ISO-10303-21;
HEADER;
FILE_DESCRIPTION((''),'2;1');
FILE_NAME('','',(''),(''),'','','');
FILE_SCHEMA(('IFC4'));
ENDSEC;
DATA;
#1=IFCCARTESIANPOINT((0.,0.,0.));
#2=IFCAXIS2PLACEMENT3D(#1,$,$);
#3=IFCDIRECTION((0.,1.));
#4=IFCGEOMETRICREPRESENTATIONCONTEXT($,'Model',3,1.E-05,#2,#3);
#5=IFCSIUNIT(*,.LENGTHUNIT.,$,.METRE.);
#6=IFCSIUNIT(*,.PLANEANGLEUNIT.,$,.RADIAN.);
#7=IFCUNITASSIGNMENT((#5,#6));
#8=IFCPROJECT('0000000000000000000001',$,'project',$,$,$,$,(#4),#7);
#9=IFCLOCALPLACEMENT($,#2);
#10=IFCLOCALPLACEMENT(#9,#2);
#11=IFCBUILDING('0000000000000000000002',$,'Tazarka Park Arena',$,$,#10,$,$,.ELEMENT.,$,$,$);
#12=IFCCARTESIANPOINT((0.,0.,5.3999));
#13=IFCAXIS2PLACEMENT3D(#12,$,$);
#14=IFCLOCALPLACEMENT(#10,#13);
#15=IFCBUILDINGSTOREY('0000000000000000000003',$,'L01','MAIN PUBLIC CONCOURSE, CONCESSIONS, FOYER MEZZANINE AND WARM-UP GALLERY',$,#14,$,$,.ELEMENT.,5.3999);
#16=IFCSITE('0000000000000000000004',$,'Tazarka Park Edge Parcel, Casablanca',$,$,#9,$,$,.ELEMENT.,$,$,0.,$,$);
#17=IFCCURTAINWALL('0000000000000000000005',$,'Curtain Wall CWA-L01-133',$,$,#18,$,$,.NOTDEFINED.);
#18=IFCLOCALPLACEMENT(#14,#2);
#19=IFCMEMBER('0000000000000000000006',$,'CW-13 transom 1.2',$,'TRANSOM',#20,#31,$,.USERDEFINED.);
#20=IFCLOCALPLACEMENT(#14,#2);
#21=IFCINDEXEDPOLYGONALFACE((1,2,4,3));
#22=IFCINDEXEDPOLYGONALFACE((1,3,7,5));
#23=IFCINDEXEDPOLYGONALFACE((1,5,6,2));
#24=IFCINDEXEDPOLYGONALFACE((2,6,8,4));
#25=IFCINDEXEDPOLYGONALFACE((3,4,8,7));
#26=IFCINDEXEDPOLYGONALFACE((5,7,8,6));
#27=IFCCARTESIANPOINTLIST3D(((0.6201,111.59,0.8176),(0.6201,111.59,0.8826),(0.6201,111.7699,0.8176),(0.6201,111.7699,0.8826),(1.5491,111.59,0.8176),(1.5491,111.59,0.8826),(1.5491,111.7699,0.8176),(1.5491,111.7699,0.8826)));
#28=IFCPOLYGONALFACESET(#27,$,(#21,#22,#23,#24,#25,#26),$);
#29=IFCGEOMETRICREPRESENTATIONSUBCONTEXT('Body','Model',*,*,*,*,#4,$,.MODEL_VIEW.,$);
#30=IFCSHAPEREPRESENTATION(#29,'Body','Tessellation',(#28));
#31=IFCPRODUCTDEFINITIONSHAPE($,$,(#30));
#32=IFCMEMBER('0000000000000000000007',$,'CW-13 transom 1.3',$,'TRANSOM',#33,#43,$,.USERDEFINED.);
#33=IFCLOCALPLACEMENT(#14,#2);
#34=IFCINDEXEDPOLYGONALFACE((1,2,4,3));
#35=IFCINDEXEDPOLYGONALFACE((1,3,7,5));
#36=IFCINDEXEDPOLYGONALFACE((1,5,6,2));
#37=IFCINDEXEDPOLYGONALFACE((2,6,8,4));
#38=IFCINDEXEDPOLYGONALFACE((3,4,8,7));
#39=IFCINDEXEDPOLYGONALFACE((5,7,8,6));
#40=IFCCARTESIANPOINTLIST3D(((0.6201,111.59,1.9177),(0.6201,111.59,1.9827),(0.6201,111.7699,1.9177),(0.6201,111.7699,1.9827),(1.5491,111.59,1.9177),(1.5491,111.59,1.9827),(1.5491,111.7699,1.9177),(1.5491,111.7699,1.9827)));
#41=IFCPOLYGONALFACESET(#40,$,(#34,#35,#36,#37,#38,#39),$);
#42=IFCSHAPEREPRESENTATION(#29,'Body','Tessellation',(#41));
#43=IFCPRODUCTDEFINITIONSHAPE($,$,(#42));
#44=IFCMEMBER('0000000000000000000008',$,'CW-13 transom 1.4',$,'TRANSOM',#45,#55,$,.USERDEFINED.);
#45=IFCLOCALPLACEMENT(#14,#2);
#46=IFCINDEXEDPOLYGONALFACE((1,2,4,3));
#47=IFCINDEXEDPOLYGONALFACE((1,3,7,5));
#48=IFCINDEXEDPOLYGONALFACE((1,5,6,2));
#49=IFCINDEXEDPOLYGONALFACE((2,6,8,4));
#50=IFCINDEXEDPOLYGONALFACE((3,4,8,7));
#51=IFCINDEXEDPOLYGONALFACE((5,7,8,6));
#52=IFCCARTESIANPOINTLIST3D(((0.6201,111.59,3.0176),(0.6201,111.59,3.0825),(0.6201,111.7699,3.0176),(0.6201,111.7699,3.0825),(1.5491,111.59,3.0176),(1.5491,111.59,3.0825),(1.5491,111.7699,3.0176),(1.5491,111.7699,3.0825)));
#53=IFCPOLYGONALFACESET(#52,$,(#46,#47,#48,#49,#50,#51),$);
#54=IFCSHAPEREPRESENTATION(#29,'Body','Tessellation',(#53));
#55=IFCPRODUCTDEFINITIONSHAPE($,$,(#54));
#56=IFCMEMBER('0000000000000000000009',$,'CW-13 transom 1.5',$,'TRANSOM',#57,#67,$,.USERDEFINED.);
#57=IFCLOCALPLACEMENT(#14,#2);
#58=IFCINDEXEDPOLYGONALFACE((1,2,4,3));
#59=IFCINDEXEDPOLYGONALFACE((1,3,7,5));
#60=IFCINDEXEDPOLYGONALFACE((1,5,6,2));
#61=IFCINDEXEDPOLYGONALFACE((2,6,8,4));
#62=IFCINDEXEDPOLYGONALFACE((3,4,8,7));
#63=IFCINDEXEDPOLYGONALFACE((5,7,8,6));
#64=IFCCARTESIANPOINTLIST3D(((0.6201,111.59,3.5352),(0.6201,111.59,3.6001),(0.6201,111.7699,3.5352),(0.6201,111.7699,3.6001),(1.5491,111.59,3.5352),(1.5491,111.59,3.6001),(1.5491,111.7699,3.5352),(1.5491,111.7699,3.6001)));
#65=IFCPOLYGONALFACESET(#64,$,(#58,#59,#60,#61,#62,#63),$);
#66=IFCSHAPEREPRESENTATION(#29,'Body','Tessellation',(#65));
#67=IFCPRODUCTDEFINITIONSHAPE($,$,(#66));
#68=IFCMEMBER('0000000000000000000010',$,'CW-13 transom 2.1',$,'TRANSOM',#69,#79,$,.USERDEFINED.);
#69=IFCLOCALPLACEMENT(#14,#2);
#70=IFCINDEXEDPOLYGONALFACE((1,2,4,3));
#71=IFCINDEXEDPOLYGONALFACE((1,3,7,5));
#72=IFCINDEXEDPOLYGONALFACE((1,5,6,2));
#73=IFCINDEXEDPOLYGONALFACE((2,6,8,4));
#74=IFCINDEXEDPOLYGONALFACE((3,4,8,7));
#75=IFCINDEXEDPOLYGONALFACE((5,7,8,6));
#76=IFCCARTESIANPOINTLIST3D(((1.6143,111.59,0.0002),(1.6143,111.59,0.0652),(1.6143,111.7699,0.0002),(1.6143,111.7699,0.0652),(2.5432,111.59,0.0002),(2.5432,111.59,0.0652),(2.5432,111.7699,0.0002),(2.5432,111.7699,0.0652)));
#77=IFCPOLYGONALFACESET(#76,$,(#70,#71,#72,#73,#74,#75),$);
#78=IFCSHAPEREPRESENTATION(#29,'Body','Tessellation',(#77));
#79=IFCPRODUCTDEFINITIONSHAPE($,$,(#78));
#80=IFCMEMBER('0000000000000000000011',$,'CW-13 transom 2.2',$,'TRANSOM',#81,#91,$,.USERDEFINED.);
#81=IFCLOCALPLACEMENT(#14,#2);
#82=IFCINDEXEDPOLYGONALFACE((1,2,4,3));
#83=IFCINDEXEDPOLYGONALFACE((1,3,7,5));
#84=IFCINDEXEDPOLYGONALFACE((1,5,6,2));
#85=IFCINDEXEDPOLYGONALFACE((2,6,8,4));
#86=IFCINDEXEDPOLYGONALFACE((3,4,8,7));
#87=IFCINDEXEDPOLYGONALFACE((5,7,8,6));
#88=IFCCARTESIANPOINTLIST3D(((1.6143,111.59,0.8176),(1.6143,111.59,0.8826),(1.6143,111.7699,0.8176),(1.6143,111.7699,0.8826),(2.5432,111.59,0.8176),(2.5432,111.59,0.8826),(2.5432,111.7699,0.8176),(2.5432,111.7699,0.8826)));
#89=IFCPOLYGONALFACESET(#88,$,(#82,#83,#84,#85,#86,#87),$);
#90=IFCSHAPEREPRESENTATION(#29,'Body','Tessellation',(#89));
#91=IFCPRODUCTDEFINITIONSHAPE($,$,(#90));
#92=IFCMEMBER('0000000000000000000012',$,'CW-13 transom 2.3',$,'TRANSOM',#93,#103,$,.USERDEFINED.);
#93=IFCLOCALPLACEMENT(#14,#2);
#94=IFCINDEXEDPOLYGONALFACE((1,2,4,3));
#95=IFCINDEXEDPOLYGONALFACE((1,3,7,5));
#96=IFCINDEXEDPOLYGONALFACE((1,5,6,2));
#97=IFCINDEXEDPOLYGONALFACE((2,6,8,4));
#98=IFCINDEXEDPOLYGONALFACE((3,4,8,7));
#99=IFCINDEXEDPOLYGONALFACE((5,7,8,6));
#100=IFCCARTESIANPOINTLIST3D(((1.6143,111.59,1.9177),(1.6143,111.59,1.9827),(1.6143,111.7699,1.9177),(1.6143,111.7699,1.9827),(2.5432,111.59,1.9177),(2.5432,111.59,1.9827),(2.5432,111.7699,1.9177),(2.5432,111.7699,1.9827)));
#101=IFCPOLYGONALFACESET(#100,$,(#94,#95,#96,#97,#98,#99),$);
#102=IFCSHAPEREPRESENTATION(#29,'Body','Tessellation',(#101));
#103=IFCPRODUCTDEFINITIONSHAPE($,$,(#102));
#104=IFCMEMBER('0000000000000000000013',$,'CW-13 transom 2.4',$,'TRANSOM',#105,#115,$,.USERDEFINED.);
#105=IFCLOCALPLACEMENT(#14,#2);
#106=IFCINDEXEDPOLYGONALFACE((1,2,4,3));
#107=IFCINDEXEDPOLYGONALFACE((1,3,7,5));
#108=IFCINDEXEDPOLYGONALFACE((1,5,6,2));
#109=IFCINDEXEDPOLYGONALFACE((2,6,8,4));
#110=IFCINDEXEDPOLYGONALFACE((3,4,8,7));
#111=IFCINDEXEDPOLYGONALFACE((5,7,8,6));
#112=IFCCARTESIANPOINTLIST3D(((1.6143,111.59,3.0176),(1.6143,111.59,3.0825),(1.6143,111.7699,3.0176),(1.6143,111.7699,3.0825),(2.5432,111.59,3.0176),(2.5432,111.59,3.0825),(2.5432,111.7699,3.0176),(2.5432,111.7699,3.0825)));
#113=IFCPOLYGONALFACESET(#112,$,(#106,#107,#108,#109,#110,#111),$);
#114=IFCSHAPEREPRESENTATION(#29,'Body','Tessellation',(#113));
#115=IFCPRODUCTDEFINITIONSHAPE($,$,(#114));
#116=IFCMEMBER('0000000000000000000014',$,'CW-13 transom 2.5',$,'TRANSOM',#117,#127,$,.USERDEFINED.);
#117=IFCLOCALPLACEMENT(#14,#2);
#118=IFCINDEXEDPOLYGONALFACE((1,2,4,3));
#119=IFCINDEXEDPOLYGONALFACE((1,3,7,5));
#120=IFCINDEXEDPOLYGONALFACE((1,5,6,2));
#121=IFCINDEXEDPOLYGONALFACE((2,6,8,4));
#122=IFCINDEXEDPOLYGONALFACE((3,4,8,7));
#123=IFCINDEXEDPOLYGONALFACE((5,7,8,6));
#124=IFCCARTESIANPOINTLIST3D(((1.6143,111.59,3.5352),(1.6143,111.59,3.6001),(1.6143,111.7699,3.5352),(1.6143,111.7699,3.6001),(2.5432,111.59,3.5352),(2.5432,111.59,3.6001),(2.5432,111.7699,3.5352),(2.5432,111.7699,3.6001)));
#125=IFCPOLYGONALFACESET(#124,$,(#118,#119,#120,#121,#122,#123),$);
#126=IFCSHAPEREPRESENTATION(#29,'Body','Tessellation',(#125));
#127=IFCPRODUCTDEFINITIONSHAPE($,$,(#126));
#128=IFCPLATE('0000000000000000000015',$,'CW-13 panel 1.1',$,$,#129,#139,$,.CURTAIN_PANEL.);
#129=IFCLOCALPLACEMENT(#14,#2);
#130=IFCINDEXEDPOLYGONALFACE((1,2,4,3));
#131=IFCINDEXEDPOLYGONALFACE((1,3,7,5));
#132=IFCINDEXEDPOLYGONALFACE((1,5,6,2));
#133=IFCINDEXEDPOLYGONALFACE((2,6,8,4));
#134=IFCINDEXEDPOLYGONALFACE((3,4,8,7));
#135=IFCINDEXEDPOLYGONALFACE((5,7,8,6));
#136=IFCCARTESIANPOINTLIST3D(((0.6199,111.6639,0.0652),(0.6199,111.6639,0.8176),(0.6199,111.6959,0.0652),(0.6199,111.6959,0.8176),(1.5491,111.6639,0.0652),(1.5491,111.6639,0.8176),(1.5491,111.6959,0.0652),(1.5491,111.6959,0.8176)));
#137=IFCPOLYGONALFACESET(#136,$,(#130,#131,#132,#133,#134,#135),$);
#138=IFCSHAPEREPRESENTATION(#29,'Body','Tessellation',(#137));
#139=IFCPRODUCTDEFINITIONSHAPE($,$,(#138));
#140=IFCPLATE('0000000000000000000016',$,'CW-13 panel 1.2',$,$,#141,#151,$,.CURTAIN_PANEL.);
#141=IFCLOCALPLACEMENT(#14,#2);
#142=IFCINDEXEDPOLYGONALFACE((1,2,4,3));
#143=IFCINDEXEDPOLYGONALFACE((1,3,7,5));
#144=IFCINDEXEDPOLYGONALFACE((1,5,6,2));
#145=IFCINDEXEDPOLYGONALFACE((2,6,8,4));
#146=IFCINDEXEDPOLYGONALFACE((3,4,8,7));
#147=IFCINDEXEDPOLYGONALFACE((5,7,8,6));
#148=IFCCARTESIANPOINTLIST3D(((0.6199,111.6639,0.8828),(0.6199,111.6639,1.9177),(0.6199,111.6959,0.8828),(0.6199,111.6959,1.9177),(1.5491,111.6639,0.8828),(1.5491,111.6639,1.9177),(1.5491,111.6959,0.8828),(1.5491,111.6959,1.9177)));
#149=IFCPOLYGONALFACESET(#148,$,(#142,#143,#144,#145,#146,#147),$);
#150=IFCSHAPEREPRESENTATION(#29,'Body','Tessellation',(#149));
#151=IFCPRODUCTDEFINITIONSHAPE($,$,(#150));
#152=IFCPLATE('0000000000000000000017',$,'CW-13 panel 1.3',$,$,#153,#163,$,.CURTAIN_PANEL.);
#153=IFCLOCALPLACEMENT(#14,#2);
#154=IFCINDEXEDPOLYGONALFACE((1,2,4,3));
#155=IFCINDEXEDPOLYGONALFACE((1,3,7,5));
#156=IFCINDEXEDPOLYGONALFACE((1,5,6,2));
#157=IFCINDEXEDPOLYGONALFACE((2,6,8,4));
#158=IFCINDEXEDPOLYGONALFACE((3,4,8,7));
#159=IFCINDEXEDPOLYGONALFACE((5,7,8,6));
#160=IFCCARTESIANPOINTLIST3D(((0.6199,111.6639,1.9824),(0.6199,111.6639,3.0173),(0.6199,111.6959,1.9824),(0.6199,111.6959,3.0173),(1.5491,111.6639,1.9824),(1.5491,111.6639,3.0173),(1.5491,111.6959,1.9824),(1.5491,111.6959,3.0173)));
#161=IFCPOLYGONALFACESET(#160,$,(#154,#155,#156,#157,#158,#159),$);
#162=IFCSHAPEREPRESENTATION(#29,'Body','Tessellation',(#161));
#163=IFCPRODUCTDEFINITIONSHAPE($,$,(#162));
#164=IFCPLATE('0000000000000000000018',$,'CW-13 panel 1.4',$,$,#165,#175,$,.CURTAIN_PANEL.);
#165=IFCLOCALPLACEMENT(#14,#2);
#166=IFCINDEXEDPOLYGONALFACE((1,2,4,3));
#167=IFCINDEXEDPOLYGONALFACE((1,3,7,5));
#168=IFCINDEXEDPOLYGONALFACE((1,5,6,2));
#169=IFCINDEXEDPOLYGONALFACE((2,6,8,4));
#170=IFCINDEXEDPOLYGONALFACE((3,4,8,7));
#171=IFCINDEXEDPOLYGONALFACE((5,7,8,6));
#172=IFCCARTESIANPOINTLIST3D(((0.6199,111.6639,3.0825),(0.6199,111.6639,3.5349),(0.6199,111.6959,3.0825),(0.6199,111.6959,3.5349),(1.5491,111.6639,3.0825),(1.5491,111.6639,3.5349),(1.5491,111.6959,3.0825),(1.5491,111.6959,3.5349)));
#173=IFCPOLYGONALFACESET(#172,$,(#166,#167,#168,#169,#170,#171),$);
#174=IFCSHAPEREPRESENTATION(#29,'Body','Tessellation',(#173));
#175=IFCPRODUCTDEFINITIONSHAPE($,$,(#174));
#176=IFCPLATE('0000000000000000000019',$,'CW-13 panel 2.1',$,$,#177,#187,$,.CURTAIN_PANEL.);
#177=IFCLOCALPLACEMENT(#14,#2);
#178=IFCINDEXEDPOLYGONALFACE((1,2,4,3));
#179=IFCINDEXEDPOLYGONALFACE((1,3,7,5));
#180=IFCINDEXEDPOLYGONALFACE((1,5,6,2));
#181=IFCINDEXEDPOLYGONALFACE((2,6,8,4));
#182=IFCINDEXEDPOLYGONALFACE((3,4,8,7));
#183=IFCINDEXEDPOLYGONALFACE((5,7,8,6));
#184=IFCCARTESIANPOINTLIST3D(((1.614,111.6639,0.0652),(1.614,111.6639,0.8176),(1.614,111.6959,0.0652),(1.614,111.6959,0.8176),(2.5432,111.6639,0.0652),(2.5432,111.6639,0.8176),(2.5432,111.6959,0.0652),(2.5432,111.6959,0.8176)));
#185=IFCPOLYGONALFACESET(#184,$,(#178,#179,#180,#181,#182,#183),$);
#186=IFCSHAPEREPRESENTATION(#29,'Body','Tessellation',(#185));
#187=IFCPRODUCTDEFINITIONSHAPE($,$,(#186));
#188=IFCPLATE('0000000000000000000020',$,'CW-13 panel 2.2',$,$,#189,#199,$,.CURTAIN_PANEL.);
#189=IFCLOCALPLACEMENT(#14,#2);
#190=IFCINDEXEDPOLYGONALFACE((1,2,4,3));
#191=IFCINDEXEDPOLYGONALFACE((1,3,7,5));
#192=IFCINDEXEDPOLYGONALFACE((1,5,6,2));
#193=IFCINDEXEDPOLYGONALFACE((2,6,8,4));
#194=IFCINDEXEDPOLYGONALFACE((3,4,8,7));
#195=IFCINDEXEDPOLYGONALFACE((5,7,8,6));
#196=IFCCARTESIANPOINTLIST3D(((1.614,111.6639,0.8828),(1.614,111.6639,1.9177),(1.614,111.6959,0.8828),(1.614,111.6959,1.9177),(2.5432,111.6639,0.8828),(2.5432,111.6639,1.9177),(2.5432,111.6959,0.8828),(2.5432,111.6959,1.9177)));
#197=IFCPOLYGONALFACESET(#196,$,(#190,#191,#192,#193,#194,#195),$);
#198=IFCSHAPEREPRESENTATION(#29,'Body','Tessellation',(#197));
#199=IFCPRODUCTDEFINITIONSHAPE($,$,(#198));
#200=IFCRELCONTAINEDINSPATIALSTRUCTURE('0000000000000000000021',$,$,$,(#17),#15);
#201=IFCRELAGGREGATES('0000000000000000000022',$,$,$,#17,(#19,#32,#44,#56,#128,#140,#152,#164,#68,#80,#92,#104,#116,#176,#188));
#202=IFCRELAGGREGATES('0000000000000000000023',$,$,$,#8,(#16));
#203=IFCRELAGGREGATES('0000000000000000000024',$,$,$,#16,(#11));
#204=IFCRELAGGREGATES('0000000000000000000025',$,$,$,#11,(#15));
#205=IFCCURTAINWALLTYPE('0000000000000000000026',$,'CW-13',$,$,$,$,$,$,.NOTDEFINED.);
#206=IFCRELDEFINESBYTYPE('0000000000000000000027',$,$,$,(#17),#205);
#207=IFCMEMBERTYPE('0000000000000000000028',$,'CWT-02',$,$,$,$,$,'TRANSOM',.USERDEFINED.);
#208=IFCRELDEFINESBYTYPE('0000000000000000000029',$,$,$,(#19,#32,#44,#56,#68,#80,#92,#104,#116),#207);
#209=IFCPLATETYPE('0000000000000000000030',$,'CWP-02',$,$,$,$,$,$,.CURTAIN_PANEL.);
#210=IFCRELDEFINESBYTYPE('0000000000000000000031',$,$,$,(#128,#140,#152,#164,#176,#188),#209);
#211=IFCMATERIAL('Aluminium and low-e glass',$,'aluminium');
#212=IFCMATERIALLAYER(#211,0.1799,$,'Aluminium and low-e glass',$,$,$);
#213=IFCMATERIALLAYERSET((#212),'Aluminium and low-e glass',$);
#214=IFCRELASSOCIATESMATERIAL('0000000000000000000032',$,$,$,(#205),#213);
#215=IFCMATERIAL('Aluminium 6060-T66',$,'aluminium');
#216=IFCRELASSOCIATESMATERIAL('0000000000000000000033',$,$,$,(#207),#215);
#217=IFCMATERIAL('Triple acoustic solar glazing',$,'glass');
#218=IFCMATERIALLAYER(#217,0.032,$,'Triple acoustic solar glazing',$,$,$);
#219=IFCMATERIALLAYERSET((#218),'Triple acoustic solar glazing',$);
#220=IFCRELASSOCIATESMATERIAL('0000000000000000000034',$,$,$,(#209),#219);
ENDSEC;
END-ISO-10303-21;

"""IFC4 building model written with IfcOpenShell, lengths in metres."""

from ifc_helpers import new_model, si_unit, direction, frame, origin, origin_2d, place, context, subcontext, project, spatial, rectangle, extrude, material, layer, layer_set, material_profile, profile_set, type_object, element, aggregate, save


model = new_model("IFC4")

# Units and contexts
model_context = context("Model", 3, precision=1e-05, world=origin(), true_north=direction((0.0, 1.0)))
body_context = subcontext(model_context, "Body", "Model", "MODEL_VIEW")
ifc_project = project(units=[si_unit("LENGTHUNIT", "METRE"), si_unit("PLANEANGLEUNIT", "RADIAN")], contexts=[model_context])

# Site, building, storey
site_placement = place(None, origin())
site = spatial("IfcSite", under=ifc_project, at=site_placement, Name="Tazarka Park Edge Parcel, Casablanca", CompositionType="ELEMENT", RefElevation=0.0)
building_placement = place(site_placement, origin())
building = spatial("IfcBuilding", under=site, at=building_placement, Name="Tazarka Park Arena", CompositionType="ELEMENT")
storey_placement = place(building_placement, frame((0.0, 0.0, 5.3999)))
storey = spatial("IfcBuildingStorey", under=building, at=storey_placement, Name="L01", Description="MAIN PUBLIC CONCOURSE, CONCESSIONS, FOYER MEZZANINE AND WARM-UP GALLERY", CompositionType="ELEMENT", Elevation=5.3999)

# Curtain wall, members, plates
ifc_material_1 = material(Name="Aluminium and low-e glass", Category="aluminium")
ifc_layer_1 = layer(ifc_material_1, 0.1799, Name="Aluminium and low-e glass")
ifc_layer_set_1 = layer_set([ifc_layer_1], Name="Aluminium and low-e glass")
curtain_wall_type = type_object("IfcCurtainWallType", Name="CW-13", PredefinedType="NOTDEFINED", material=ifc_layer_set_1)
curtain_wall_placement = place(storey_placement, origin())
curtain_wall = element("IfcCurtainWall", 1, at=curtain_wall_placement, inside=storey, type_object=curtain_wall_type, Name="Curtain Wall CWA-L01-133", PredefinedType="NOTDEFINED")
ifc_material_2 = material(Name="Aluminium 6060-T66", Category="aluminium")
ifc_material_profile_1 = material_profile(ifc_material_2, rectangle(XDim=0.1799, YDim=0.0649, at=origin_2d()), Name="Aluminium 6060-T66")
ifc_profile_set_1 = profile_set([ifc_material_profile_1], Name="Aluminium 6060-T66")
member_type_1 = type_object("IfcMemberType", Name="CWT-02", ElementType="TRANSOM", PredefinedType="USERDEFINED", material=ifc_profile_set_1)
member_1_placement = place(storey_placement, frame((0.6201, 111.6799, 0.8501), z_axis=(1.0, 0.0, 0.0), x_axis=(0.0, 1.0, 0.0)))
member_1 = element("IfcMember", 2, at=member_1_placement, type_object=member_type_1, Name="CW-13 transom 1.2", ObjectType="TRANSOM", PredefinedType="USERDEFINED", context=body_context, shape_type="SweptSolid", body=[
    extrude(rectangle(XDim=0.1799, YDim=0.0649, at=origin_2d()), origin(), (0.0, 0.0, 1.0), 0.929),
])
member_2_placement = place(storey_placement, frame((0.6201, 111.6799, 1.9502), z_axis=(1.0, 0.0, 0.0), x_axis=(0.0, 1.0, 0.0)))
member_2 = element("IfcMember", 3, at=member_2_placement, type_object=member_type_1, Name="CW-13 transom 1.3", ObjectType="TRANSOM", PredefinedType="USERDEFINED", context=body_context, shape_type="SweptSolid", body=[
    extrude(rectangle(XDim=0.1799, YDim=0.0649, at=origin_2d()), origin(), (0.0, 0.0, 1.0), 0.929),
])
member_3_placement = place(storey_placement, frame((0.6201, 111.6799, 3.05), z_axis=(1.0, 0.0, 0.0), x_axis=(0.0, 1.0, 0.0)))
member_3 = element("IfcMember", 4, at=member_3_placement, type_object=member_type_1, Name="CW-13 transom 1.4", ObjectType="TRANSOM", PredefinedType="USERDEFINED", context=body_context, shape_type="SweptSolid", body=[
    extrude(rectangle(XDim=0.1799, YDim=0.0649, at=origin_2d()), origin(), (0.0, 0.0, 1.0), 0.929),
])
member_4_placement = place(storey_placement, frame((0.6201, 111.6799, 3.5676), z_axis=(1.0, 0.0, 0.0), x_axis=(0.0, 1.0, 0.0)))
member_4 = element("IfcMember", 5, at=member_4_placement, type_object=member_type_1, Name="CW-13 transom 1.5", ObjectType="TRANSOM", PredefinedType="USERDEFINED", context=body_context, shape_type="SweptSolid", body=[
    extrude(rectangle(XDim=0.1799, YDim=0.0649, at=origin_2d()), origin(), (0.0, 0.0, 1.0), 0.929),
])
member_5_placement = place(storey_placement, frame((1.6143, 111.6799, 0.0327), z_axis=(1.0, 0.0, 0.0), x_axis=(0.0, 1.0, 0.0)))
member_5 = element("IfcMember", 6, at=member_5_placement, type_object=member_type_1, Name="CW-13 transom 2.1", ObjectType="TRANSOM", PredefinedType="USERDEFINED", context=body_context, shape_type="SweptSolid", body=[
    extrude(rectangle(XDim=0.1799, YDim=0.0649, at=origin_2d()), origin(), (0.0, 0.0, 1.0), 0.929),
])
member_6_placement = place(storey_placement, frame((1.6143, 111.6799, 0.8501), z_axis=(1.0, 0.0, 0.0), x_axis=(0.0, 1.0, 0.0)))
member_6 = element("IfcMember", 7, at=member_6_placement, type_object=member_type_1, Name="CW-13 transom 2.2", ObjectType="TRANSOM", PredefinedType="USERDEFINED", context=body_context, shape_type="SweptSolid", body=[
    extrude(rectangle(XDim=0.1799, YDim=0.0649, at=origin_2d()), origin(), (0.0, 0.0, 1.0), 0.929),
])
member_7_placement = place(storey_placement, frame((1.6143, 111.6799, 1.9502), z_axis=(1.0, 0.0, 0.0), x_axis=(0.0, 1.0, 0.0)))
member_7 = element("IfcMember", 8, at=member_7_placement, type_object=member_type_1, Name="CW-13 transom 2.3", ObjectType="TRANSOM", PredefinedType="USERDEFINED", context=body_context, shape_type="SweptSolid", body=[
    extrude(rectangle(XDim=0.1799, YDim=0.0649, at=origin_2d()), origin(), (0.0, 0.0, 1.0), 0.929),
])
member_8_placement = place(storey_placement, frame((1.6143, 111.6799, 3.05), z_axis=(1.0, 0.0, 0.0), x_axis=(0.0, 1.0, 0.0)))
member_8 = element("IfcMember", 9, at=member_8_placement, type_object=member_type_1, Name="CW-13 transom 2.4", ObjectType="TRANSOM", PredefinedType="USERDEFINED", context=body_context, shape_type="SweptSolid", body=[
    extrude(rectangle(XDim=0.1799, YDim=0.0649, at=origin_2d()), origin(), (0.0, 0.0, 1.0), 0.929),
])
member_9_placement = place(storey_placement, frame((1.6143, 111.6799, 3.5676), z_axis=(1.0, 0.0, 0.0), x_axis=(0.0, 1.0, 0.0)))
member_9 = element("IfcMember", 10, at=member_9_placement, type_object=member_type_1, Name="CW-13 transom 2.5", ObjectType="TRANSOM", PredefinedType="USERDEFINED", context=body_context, shape_type="SweptSolid", body=[
    extrude(rectangle(XDim=0.1799, YDim=0.0649, at=origin_2d()), origin(), (0.0, 0.0, 1.0), 0.929),
])
ifc_material_3 = material(Name="Triple acoustic solar glazing", Category="glass")
ifc_layer_2 = layer(ifc_material_3, 0.032, Name="Triple acoustic solar glazing")
ifc_layer_set_2 = layer_set([ifc_layer_2], Name="Triple acoustic solar glazing")
plate_type_1 = type_object("IfcPlateType", Name="CWP-02", PredefinedType="CURTAIN_PANEL", material=ifc_layer_set_2)
plate_1_placement = place(storey_placement, frame((1.0845, 111.6799, 0.0652), z_axis=(0.0, 0.0, 1.0), x_axis=(1.0, 0.0, 0.0)))
plate_1 = element("IfcPlate", 11, at=plate_1_placement, type_object=plate_type_1, Name="CW-13 panel 1.1", PredefinedType="CURTAIN_PANEL", context=body_context, shape_type="SweptSolid", body=[
    extrude(rectangle(XDim=0.9292, YDim=0.032, at=origin_2d()), origin(), (0.0, 0.0, 1.0), 0.7524),
])
plate_2_placement = place(storey_placement, frame((1.0845, 111.6799, 0.8828), z_axis=(0.0, 0.0, 1.0), x_axis=(1.0, 0.0, 0.0)))
plate_2 = element("IfcPlate", 12, at=plate_2_placement, type_object=plate_type_1, Name="CW-13 panel 1.2", PredefinedType="CURTAIN_PANEL", context=body_context, shape_type="SweptSolid", body=[
    extrude(rectangle(XDim=0.9292, YDim=0.032, at=origin_2d()), origin(), (0.0, 0.0, 1.0), 1.0349),
])
plate_3_placement = place(storey_placement, frame((1.0845, 111.6799, 1.9824), z_axis=(0.0, 0.0, 1.0), x_axis=(1.0, 0.0, 0.0)))
plate_3 = element("IfcPlate", 13, at=plate_3_placement, type_object=plate_type_1, Name="CW-13 panel 1.3", PredefinedType="CURTAIN_PANEL", context=body_context, shape_type="SweptSolid", body=[
    extrude(rectangle(XDim=0.9292, YDim=0.032, at=origin_2d()), origin(), (0.0, 0.0, 1.0), 1.0349),
])
plate_4_placement = place(storey_placement, frame((1.0845, 111.6799, 3.0825), z_axis=(0.0, 0.0, 1.0), x_axis=(1.0, 0.0, 0.0)))
plate_4 = element("IfcPlate", 14, at=plate_4_placement, type_object=plate_type_1, Name="CW-13 panel 1.4", PredefinedType="CURTAIN_PANEL", context=body_context, shape_type="SweptSolid", body=[
    extrude(rectangle(XDim=0.9292, YDim=0.032, at=origin_2d()), origin(), (0.0, 0.0, 1.0), 0.4524),
])
plate_5_placement = place(storey_placement, frame((2.0786, 111.6799, 0.0652), z_axis=(0.0, 0.0, 1.0), x_axis=(1.0, 0.0, 0.0)))
plate_5 = element("IfcPlate", 15, at=plate_5_placement, type_object=plate_type_1, Name="CW-13 panel 2.1", PredefinedType="CURTAIN_PANEL", context=body_context, shape_type="SweptSolid", body=[
    extrude(rectangle(XDim=0.9292, YDim=0.032, at=origin_2d()), origin(), (0.0, 0.0, 1.0), 0.7524),
])
plate_6_placement = place(storey_placement, frame((2.0786, 111.6799, 0.8828), z_axis=(0.0, 0.0, 1.0), x_axis=(1.0, 0.0, 0.0)))
plate_6 = element("IfcPlate", 16, at=plate_6_placement, type_object=plate_type_1, Name="CW-13 panel 2.2", PredefinedType="CURTAIN_PANEL", context=body_context, shape_type="SweptSolid", body=[
    extrude(rectangle(XDim=0.9292, YDim=0.032, at=origin_2d()), origin(), (0.0, 0.0, 1.0), 1.0349),
])
aggregate(curtain_wall, [member_1, member_2, member_3, member_4, plate_1, plate_2, plate_3, plate_4, member_5, member_6, member_7, member_8, member_9, plate_5, plate_6])

save(model, "model.ifc")
